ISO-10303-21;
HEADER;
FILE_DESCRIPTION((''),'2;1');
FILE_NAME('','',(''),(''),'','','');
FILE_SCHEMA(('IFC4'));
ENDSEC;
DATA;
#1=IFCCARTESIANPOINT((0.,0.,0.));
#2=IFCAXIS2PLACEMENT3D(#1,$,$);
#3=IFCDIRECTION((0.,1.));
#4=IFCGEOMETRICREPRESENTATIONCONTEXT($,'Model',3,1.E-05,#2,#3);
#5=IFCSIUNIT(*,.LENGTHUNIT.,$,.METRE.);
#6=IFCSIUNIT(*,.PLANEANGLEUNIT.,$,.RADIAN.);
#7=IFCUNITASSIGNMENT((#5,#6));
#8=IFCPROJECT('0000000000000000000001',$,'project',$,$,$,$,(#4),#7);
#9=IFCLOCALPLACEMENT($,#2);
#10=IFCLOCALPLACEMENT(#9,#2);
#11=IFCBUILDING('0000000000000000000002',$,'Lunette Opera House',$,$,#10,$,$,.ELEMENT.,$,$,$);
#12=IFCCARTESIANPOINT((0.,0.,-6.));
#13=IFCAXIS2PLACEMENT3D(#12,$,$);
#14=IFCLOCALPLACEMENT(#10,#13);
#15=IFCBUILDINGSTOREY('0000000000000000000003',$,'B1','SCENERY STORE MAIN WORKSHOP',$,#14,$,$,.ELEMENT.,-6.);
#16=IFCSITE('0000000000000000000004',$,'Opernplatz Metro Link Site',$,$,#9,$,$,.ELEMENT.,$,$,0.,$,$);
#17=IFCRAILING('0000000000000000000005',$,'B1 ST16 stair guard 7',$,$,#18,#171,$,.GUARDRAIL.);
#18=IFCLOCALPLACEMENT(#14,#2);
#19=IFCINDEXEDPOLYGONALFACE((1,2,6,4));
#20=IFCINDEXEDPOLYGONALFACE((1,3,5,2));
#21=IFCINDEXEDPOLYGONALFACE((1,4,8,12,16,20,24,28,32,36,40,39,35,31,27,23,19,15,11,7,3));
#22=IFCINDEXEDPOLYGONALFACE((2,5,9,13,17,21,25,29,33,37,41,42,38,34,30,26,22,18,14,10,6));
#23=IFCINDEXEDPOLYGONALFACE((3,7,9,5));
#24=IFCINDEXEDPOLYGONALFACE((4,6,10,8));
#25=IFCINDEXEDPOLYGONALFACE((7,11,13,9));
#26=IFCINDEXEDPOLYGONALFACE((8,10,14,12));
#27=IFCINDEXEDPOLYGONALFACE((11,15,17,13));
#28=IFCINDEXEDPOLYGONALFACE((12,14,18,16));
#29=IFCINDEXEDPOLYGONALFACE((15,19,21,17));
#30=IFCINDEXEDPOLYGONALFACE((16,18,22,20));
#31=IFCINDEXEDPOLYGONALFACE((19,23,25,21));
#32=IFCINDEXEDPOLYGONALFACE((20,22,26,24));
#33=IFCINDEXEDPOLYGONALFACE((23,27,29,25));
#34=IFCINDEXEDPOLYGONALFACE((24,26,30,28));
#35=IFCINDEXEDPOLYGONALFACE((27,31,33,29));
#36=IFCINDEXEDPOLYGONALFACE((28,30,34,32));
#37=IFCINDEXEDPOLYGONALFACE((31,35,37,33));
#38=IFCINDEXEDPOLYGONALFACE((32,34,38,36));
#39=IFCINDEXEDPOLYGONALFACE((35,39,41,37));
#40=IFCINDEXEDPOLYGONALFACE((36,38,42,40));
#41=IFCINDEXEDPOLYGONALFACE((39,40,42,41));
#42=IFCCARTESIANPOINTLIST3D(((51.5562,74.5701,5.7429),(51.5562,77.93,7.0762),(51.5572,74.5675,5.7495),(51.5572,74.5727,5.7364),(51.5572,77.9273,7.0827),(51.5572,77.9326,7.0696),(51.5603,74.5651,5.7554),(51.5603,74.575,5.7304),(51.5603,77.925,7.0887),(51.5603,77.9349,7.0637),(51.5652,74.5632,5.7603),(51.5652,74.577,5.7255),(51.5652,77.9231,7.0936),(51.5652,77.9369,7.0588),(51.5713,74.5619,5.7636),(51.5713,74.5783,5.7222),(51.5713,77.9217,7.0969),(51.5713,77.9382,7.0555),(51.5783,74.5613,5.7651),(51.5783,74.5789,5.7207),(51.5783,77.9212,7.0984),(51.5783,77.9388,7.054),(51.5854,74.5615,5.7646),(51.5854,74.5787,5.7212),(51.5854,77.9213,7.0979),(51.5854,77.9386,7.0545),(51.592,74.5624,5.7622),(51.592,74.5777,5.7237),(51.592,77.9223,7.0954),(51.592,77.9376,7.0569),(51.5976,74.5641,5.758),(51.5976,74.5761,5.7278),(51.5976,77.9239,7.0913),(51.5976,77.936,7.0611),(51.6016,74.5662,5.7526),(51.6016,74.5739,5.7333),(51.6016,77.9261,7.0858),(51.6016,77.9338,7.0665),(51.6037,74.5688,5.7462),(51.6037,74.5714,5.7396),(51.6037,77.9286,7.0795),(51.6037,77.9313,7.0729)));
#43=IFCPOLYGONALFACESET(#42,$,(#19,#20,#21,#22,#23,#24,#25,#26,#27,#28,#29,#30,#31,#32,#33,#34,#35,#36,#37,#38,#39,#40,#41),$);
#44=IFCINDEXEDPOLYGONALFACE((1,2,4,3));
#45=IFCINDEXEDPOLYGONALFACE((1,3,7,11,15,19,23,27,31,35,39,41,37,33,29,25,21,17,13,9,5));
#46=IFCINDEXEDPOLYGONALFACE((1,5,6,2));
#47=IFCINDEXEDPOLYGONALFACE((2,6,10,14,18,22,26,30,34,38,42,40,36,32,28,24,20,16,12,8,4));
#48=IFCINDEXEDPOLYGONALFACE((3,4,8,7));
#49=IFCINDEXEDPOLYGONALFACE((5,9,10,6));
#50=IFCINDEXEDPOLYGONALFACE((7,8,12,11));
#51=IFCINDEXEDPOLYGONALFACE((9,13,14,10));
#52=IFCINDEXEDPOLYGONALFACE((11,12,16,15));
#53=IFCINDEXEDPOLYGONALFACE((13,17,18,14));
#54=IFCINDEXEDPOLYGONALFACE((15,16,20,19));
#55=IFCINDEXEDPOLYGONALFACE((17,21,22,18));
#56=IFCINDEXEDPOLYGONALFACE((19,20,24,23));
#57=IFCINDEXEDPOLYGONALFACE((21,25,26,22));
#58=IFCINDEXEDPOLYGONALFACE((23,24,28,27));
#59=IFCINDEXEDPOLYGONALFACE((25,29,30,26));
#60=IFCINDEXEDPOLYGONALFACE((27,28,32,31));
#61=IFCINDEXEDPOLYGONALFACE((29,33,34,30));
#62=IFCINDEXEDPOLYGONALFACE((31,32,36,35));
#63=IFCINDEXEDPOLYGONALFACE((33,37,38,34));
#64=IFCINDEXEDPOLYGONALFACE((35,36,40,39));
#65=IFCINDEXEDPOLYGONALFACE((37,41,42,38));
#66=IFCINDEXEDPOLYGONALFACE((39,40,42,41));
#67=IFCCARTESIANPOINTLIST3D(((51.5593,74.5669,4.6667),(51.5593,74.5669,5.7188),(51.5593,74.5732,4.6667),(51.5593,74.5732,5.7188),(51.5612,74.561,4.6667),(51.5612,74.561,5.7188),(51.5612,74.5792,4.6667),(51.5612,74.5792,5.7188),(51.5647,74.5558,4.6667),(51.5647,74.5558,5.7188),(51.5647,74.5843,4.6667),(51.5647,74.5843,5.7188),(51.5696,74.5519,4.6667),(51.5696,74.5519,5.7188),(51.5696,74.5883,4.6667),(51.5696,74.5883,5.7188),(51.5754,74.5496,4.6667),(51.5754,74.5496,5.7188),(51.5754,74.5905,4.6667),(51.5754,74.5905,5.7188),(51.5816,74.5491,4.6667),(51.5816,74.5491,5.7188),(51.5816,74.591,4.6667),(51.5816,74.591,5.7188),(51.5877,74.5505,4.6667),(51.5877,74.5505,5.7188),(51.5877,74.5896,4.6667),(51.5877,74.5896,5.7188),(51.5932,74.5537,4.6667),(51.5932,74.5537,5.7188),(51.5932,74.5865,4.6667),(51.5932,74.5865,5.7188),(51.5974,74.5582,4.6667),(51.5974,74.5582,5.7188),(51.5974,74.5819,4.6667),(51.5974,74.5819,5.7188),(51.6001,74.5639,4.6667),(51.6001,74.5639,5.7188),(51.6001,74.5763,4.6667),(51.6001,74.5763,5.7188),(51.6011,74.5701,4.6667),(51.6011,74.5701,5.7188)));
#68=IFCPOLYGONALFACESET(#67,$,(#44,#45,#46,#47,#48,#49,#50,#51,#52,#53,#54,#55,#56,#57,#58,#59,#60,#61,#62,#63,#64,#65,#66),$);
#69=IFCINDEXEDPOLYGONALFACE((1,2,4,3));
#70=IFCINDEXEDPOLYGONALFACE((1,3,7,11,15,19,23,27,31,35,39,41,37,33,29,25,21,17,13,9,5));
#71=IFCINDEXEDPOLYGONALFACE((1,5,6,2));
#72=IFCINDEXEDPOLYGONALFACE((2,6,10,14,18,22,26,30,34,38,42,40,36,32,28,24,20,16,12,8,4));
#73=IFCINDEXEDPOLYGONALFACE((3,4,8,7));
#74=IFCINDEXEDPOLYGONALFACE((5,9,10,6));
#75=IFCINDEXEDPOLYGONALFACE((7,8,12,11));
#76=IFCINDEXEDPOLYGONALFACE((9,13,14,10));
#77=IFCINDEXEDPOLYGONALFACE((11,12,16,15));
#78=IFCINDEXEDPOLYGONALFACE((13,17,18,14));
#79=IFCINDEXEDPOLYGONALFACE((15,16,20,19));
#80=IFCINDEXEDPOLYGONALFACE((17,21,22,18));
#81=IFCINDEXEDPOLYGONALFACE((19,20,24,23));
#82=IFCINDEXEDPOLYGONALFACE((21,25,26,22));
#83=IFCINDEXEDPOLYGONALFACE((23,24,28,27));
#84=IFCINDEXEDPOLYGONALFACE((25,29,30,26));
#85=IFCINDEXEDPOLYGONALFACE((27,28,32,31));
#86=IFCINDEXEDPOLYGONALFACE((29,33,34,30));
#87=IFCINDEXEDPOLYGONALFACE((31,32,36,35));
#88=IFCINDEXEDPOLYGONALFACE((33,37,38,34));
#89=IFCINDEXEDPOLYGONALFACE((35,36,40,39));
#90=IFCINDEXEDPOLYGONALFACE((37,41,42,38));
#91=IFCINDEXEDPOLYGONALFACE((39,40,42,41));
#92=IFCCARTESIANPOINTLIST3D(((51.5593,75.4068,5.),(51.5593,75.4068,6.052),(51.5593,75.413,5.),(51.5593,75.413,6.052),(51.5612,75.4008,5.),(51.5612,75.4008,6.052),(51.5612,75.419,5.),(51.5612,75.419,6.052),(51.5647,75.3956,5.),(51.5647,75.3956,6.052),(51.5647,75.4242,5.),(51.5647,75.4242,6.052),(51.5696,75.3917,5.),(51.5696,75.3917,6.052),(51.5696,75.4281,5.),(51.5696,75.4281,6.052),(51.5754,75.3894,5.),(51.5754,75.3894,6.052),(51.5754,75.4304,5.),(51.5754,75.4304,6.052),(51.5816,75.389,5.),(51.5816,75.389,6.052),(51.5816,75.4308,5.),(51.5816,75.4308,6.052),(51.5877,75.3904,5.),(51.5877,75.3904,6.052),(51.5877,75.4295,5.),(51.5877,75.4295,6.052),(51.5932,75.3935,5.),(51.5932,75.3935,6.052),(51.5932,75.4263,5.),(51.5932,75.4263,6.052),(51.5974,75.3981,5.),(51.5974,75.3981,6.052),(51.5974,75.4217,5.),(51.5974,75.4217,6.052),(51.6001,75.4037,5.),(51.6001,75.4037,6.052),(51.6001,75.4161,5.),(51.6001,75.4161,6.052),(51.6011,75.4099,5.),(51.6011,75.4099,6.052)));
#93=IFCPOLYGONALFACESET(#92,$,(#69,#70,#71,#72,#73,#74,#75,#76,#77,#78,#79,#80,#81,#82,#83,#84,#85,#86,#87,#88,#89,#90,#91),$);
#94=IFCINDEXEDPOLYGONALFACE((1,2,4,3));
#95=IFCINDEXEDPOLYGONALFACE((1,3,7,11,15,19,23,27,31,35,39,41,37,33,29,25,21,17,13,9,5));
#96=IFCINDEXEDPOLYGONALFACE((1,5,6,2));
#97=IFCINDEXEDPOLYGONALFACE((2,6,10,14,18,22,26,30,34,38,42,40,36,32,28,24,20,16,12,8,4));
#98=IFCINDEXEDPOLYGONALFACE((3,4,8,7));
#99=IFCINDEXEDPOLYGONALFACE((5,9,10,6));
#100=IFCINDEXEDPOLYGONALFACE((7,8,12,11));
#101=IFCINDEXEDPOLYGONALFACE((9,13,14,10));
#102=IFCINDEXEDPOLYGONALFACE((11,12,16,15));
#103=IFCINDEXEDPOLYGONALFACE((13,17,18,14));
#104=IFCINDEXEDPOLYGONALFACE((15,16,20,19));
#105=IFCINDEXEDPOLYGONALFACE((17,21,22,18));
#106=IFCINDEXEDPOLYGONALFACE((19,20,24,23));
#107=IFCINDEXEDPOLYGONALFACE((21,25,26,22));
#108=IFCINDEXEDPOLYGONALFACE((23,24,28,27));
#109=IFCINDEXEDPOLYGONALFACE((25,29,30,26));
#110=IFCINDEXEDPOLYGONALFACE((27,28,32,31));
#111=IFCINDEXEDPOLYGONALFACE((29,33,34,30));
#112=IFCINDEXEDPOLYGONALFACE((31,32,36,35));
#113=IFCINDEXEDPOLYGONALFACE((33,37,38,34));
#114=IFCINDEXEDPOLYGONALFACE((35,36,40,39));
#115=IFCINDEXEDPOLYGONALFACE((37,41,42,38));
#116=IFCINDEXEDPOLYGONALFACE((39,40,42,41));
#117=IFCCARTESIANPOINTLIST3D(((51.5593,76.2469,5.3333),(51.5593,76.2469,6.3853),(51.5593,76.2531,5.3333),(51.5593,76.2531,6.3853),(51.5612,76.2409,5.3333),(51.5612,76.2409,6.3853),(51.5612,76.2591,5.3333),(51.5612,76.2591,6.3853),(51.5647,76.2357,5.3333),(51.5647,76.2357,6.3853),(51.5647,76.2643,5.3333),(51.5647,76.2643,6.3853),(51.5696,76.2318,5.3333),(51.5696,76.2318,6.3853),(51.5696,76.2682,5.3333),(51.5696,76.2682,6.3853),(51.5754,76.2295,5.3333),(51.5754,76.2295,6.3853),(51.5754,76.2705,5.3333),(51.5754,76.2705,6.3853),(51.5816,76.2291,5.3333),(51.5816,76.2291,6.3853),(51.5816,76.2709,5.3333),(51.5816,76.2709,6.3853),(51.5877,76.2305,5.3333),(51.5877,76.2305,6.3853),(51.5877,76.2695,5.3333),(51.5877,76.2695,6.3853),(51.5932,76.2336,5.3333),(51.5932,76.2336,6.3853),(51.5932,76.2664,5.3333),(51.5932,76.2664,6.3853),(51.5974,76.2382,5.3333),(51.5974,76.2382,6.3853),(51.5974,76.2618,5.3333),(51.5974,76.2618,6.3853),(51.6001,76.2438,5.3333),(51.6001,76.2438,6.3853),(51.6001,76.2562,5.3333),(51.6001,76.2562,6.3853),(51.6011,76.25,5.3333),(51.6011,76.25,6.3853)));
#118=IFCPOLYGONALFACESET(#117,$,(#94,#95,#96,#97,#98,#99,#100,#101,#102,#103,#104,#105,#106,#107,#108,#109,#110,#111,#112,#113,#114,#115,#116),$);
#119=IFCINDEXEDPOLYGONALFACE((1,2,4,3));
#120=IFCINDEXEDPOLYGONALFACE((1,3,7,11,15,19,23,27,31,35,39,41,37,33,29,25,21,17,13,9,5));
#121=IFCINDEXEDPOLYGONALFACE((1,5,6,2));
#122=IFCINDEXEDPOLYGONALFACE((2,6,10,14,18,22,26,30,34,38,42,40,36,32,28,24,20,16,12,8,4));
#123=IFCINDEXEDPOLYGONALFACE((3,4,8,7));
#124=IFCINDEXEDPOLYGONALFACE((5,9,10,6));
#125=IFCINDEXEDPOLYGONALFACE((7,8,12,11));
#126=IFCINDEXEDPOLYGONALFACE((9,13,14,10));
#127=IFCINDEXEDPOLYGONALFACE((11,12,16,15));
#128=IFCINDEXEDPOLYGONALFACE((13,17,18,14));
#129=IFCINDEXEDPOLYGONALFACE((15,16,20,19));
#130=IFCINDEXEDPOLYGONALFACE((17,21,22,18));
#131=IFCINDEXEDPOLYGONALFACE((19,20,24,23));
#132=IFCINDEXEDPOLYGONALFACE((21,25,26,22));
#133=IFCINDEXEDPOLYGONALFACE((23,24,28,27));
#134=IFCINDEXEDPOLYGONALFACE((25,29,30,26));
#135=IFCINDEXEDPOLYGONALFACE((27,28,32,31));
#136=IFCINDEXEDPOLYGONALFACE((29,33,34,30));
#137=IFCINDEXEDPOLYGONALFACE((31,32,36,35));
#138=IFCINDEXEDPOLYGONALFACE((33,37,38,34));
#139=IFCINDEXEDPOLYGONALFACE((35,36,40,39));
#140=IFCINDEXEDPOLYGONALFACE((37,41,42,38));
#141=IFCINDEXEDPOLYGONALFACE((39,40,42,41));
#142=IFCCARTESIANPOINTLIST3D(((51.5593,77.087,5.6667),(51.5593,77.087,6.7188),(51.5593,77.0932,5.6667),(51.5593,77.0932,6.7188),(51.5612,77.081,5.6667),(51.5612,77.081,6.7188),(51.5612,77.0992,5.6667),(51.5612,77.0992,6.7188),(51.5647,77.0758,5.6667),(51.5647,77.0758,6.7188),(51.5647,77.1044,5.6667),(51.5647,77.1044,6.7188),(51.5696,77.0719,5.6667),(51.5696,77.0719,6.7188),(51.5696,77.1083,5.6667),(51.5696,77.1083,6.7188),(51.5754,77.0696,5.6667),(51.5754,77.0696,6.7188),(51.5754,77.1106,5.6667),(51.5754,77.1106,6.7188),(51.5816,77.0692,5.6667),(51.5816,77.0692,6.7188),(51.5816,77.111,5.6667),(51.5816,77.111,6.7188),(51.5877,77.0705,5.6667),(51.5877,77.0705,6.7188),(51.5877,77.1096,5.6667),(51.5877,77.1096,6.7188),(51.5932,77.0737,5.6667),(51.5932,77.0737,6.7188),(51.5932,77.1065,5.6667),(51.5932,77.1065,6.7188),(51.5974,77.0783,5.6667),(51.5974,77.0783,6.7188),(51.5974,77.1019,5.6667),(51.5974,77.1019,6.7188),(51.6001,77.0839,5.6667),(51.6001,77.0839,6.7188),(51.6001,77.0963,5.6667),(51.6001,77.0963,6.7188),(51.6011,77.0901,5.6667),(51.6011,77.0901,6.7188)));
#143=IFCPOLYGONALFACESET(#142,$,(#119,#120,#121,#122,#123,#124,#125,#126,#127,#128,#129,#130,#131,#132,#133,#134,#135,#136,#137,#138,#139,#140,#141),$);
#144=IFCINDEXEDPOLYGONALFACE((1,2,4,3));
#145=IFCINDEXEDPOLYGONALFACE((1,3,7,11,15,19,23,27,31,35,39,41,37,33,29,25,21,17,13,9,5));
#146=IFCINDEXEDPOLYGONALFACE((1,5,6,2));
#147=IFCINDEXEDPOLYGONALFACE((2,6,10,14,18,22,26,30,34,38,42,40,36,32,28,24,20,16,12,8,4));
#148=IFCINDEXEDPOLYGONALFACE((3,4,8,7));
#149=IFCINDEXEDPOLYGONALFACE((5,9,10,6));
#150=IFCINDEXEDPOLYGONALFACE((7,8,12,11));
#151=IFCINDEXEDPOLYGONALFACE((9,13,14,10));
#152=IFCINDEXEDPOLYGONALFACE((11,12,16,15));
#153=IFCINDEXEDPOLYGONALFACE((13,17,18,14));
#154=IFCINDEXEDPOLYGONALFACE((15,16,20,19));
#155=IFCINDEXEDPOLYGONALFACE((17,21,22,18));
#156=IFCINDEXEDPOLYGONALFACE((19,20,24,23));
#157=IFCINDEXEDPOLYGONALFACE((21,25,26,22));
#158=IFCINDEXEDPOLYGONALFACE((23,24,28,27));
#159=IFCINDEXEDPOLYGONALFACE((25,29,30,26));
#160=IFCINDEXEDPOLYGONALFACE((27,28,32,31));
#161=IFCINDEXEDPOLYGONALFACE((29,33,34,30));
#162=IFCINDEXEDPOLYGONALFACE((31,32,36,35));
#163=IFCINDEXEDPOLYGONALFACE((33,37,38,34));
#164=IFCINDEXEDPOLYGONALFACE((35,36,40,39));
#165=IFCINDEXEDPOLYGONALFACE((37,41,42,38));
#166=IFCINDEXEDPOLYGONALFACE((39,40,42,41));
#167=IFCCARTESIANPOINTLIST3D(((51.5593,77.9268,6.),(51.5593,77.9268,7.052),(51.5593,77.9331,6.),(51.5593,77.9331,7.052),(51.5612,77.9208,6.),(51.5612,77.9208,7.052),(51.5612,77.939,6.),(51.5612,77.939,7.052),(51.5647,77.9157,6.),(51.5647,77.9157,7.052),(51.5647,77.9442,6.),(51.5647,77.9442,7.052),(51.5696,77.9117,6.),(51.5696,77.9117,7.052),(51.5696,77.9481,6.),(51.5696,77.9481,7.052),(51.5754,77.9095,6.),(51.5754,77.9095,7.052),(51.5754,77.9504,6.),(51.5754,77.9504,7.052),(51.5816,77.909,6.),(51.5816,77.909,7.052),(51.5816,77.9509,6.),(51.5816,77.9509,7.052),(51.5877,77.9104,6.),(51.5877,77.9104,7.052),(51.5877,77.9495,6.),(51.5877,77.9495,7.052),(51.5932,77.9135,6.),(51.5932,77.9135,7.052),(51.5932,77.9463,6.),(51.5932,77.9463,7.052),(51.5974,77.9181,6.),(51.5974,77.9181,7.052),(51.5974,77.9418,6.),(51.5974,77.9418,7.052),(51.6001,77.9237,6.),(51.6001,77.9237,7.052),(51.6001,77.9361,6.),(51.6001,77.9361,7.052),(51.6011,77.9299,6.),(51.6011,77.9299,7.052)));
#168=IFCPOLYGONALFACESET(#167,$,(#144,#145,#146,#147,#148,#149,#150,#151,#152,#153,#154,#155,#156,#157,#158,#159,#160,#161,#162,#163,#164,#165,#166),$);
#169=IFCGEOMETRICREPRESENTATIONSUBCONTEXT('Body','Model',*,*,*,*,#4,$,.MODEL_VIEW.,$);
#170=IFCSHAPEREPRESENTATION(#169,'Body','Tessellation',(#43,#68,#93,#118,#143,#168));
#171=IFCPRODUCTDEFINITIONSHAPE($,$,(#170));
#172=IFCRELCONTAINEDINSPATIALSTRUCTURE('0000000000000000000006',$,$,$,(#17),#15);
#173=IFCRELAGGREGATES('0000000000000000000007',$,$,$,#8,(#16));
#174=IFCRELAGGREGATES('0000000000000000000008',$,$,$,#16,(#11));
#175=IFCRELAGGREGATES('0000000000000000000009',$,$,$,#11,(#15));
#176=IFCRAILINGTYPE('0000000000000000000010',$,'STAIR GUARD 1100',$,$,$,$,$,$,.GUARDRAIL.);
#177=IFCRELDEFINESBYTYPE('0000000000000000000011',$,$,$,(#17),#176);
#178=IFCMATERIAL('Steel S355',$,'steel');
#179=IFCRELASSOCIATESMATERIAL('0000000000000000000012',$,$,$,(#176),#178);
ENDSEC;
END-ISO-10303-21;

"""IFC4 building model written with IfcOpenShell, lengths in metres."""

from ifc_helpers import new_model, si_unit, direction, frame, origin, origin_2d, place, context, subcontext, project, spatial, circle, extrude, material, type_object, element, save


model = new_model("IFC4")

# Units and contexts
model_context = context("Model", 3, precision=1e-05, world=origin(), true_north=direction((0.0, 1.0)))
body_context = subcontext(model_context, "Body", "Model", "MODEL_VIEW")
ifc_project = project(units=[si_unit("LENGTHUNIT", "METRE"), si_unit("PLANEANGLEUNIT", "RADIAN")], contexts=[model_context])

# Site, building, storey
site_placement = place(None, origin())
site = spatial("IfcSite", under=ifc_project, at=site_placement, Name="Opernplatz Metro Link Site", CompositionType="ELEMENT", RefElevation=0.0)
building_placement = place(site_placement, origin())
building = spatial("IfcBuilding", under=site, at=building_placement, Name="Lunette Opera House", CompositionType="ELEMENT")
storey_placement = place(building_placement, frame((0.0, 0.0, -6.0)))
storey = spatial("IfcBuildingStorey", under=building, at=storey_placement, Name="B1", Description="SCENERY STORE MAIN WORKSHOP", CompositionType="ELEMENT", Elevation=-6.0)

# Railing
ifc_material_1 = material(Name="Steel S355", Category="steel")
railing_type_1 = type_object("IfcRailingType", Name="STAIR GUARD 1100", PredefinedType="GUARDRAIL", material=ifc_material_1)
railing_1_placement = place(storey_placement, frame((51.5801, 74.5701, 4.6667)))
element("IfcRailing", 1, at=railing_1_placement, inside=storey, type_object=railing_type_1, Name="B1 ST16 stair guard 7", PredefinedType="GUARDRAIL", context=body_context, shape_type="SweptSolid", body=[
    extrude(circle(Radius=0.0239, at=origin_2d()), frame((0.0, 0.0, 1.0762), z_axis=(0.0, 0.929493, 0.368839), x_axis=(-1.0, 0.0, 0.0)), (0.0, 0.0, 1.0), 3.6147),
    extrude(circle(Radius=0.021, at=origin_2d()), origin(), (0.0, 0.0, 1.0), 1.052),
    extrude(circle(Radius=0.021, at=origin_2d()), frame((0.0, 0.8398, 0.3333)), (0.0, 0.0, 1.0), 1.052),
    extrude(circle(Radius=0.021, at=origin_2d()), frame((0.0, 1.6799, 0.6665)), (0.0, 0.0, 1.0), 1.052),
    extrude(circle(Radius=0.021, at=origin_2d()), frame((0.0, 2.52, 1.0)), (0.0, 0.0, 1.0), 1.052),
    extrude(circle(Radius=0.021, at=origin_2d()), frame((0.0, 3.3599, 1.3333)), (0.0, 0.0, 1.0), 1.052),
])

save(model, "model.ifc")
